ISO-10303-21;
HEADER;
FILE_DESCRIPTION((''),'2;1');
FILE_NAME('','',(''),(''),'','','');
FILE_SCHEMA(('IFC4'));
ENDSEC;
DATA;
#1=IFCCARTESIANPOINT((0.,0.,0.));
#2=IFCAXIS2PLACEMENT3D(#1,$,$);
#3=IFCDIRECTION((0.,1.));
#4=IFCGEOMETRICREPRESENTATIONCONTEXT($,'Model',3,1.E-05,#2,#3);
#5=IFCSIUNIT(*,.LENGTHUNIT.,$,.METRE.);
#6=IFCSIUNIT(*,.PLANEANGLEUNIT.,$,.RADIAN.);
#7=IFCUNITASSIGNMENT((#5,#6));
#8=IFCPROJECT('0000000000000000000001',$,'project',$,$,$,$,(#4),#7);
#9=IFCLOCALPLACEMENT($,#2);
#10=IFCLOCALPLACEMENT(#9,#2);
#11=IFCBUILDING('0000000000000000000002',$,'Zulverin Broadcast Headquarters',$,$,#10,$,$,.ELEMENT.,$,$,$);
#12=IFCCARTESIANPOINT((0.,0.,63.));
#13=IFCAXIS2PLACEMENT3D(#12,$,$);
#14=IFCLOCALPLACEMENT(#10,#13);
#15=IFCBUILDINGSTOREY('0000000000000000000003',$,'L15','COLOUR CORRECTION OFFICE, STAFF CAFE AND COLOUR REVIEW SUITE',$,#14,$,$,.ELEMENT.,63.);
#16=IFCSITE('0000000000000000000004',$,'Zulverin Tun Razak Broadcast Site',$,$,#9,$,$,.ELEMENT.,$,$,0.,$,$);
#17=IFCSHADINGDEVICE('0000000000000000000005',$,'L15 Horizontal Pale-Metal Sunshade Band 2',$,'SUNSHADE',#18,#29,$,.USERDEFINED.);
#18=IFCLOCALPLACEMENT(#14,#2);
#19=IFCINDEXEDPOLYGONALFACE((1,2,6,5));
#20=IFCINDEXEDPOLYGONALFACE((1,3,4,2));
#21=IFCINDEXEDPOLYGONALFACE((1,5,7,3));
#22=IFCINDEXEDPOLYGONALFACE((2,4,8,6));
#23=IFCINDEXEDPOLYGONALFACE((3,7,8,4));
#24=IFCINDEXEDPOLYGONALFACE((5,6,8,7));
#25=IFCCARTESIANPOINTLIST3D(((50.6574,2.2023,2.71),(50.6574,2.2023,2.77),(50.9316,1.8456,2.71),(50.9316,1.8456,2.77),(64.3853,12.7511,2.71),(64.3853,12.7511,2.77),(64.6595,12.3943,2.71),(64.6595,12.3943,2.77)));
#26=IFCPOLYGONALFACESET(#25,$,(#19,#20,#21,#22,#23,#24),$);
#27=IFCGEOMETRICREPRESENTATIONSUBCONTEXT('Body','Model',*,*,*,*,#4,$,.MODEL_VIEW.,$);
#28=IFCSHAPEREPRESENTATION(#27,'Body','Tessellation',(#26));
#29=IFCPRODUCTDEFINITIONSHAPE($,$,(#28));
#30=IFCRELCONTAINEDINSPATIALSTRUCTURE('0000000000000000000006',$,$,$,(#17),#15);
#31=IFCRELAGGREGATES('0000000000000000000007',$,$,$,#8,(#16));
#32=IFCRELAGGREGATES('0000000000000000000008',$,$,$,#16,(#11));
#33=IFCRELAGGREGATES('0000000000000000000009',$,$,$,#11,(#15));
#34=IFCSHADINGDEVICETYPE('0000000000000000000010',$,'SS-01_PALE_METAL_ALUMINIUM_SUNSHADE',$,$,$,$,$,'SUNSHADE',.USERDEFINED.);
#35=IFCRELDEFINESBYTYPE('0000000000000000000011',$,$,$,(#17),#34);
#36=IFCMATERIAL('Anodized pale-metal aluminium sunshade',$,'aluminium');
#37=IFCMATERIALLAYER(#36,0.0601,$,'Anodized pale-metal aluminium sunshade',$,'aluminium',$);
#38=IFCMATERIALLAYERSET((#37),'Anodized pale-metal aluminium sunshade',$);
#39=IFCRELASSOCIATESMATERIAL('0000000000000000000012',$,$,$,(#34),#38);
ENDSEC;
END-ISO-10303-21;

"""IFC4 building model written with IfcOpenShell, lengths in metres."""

from ifc_helpers import new_model, si_unit, direction, frame, origin, origin_2d, place, context, subcontext, project, spatial, rectangle, extrude, material, layer, layer_set, type_object, element, save


model = new_model("IFC4")

# Units and contexts
model_context = context("Model", 3, precision=1e-05, world=origin(), true_north=direction((0.0, 1.0)))
body_context = subcontext(model_context, "Body", "Model", "MODEL_VIEW")
ifc_project = project(units=[si_unit("LENGTHUNIT", "METRE"), si_unit("PLANEANGLEUNIT", "RADIAN")], contexts=[model_context])

# Site, building, storey
site_placement = place(None, origin())
site = spatial("IfcSite", under=ifc_project, at=site_placement, Name="Zulverin Tun Razak Broadcast Site", CompositionType="ELEMENT", RefElevation=0.0)
building_placement = place(site_placement, origin())
building = spatial("IfcBuilding", under=site, at=building_placement, Name="Zulverin Broadcast Headquarters", CompositionType="ELEMENT")
storey_placement = place(building_placement, frame((0.0, 0.0, 63.0)))
storey = spatial("IfcBuildingStorey", under=building, at=storey_placement, Name="L15", Description="COLOUR CORRECTION OFFICE, STAFF CAFE AND COLOUR REVIEW SUITE", CompositionType="ELEMENT", Elevation=63.0)

# Shading device
ifc_material_1 = material(Name="Anodized pale-metal aluminium sunshade", Category="aluminium")
ifc_layer_1 = layer(ifc_material_1, 0.0601, Name="Anodized pale-metal aluminium sunshade", Category="aluminium")
ifc_layer_set_1 = layer_set([ifc_layer_1], Name="Anodized pale-metal aluminium sunshade")
shading_device_type_1 = type_object("IfcShadingDeviceType", Name="SS-01_PALE_METAL_ALUMINIUM_SUNSHADE", ElementType="SUNSHADE", PredefinedType="USERDEFINED", material=ifc_layer_set_1)
shading_device_1_placement = place(storey_placement, frame((57.6584, 7.2983, 2.71), z_axis=(0.0, 0.0, 1.0), x_axis=(0.792933, 0.609308, 0.0)))
element("IfcShadingDevice", 1, at=shading_device_1_placement, inside=storey, type_object=shading_device_type_1, Name="L15 Horizontal Pale-Metal Sunshade Band 2", ObjectType="SUNSHADE", PredefinedType="USERDEFINED", context=body_context, shape_type="SweptSolid", body=[
    extrude(rectangle(XDim=17.3127, YDim=0.45, at=origin_2d()), origin(), (0.0, 0.0, 1.0), 0.0601),
])

save(model, "model.ifc")
